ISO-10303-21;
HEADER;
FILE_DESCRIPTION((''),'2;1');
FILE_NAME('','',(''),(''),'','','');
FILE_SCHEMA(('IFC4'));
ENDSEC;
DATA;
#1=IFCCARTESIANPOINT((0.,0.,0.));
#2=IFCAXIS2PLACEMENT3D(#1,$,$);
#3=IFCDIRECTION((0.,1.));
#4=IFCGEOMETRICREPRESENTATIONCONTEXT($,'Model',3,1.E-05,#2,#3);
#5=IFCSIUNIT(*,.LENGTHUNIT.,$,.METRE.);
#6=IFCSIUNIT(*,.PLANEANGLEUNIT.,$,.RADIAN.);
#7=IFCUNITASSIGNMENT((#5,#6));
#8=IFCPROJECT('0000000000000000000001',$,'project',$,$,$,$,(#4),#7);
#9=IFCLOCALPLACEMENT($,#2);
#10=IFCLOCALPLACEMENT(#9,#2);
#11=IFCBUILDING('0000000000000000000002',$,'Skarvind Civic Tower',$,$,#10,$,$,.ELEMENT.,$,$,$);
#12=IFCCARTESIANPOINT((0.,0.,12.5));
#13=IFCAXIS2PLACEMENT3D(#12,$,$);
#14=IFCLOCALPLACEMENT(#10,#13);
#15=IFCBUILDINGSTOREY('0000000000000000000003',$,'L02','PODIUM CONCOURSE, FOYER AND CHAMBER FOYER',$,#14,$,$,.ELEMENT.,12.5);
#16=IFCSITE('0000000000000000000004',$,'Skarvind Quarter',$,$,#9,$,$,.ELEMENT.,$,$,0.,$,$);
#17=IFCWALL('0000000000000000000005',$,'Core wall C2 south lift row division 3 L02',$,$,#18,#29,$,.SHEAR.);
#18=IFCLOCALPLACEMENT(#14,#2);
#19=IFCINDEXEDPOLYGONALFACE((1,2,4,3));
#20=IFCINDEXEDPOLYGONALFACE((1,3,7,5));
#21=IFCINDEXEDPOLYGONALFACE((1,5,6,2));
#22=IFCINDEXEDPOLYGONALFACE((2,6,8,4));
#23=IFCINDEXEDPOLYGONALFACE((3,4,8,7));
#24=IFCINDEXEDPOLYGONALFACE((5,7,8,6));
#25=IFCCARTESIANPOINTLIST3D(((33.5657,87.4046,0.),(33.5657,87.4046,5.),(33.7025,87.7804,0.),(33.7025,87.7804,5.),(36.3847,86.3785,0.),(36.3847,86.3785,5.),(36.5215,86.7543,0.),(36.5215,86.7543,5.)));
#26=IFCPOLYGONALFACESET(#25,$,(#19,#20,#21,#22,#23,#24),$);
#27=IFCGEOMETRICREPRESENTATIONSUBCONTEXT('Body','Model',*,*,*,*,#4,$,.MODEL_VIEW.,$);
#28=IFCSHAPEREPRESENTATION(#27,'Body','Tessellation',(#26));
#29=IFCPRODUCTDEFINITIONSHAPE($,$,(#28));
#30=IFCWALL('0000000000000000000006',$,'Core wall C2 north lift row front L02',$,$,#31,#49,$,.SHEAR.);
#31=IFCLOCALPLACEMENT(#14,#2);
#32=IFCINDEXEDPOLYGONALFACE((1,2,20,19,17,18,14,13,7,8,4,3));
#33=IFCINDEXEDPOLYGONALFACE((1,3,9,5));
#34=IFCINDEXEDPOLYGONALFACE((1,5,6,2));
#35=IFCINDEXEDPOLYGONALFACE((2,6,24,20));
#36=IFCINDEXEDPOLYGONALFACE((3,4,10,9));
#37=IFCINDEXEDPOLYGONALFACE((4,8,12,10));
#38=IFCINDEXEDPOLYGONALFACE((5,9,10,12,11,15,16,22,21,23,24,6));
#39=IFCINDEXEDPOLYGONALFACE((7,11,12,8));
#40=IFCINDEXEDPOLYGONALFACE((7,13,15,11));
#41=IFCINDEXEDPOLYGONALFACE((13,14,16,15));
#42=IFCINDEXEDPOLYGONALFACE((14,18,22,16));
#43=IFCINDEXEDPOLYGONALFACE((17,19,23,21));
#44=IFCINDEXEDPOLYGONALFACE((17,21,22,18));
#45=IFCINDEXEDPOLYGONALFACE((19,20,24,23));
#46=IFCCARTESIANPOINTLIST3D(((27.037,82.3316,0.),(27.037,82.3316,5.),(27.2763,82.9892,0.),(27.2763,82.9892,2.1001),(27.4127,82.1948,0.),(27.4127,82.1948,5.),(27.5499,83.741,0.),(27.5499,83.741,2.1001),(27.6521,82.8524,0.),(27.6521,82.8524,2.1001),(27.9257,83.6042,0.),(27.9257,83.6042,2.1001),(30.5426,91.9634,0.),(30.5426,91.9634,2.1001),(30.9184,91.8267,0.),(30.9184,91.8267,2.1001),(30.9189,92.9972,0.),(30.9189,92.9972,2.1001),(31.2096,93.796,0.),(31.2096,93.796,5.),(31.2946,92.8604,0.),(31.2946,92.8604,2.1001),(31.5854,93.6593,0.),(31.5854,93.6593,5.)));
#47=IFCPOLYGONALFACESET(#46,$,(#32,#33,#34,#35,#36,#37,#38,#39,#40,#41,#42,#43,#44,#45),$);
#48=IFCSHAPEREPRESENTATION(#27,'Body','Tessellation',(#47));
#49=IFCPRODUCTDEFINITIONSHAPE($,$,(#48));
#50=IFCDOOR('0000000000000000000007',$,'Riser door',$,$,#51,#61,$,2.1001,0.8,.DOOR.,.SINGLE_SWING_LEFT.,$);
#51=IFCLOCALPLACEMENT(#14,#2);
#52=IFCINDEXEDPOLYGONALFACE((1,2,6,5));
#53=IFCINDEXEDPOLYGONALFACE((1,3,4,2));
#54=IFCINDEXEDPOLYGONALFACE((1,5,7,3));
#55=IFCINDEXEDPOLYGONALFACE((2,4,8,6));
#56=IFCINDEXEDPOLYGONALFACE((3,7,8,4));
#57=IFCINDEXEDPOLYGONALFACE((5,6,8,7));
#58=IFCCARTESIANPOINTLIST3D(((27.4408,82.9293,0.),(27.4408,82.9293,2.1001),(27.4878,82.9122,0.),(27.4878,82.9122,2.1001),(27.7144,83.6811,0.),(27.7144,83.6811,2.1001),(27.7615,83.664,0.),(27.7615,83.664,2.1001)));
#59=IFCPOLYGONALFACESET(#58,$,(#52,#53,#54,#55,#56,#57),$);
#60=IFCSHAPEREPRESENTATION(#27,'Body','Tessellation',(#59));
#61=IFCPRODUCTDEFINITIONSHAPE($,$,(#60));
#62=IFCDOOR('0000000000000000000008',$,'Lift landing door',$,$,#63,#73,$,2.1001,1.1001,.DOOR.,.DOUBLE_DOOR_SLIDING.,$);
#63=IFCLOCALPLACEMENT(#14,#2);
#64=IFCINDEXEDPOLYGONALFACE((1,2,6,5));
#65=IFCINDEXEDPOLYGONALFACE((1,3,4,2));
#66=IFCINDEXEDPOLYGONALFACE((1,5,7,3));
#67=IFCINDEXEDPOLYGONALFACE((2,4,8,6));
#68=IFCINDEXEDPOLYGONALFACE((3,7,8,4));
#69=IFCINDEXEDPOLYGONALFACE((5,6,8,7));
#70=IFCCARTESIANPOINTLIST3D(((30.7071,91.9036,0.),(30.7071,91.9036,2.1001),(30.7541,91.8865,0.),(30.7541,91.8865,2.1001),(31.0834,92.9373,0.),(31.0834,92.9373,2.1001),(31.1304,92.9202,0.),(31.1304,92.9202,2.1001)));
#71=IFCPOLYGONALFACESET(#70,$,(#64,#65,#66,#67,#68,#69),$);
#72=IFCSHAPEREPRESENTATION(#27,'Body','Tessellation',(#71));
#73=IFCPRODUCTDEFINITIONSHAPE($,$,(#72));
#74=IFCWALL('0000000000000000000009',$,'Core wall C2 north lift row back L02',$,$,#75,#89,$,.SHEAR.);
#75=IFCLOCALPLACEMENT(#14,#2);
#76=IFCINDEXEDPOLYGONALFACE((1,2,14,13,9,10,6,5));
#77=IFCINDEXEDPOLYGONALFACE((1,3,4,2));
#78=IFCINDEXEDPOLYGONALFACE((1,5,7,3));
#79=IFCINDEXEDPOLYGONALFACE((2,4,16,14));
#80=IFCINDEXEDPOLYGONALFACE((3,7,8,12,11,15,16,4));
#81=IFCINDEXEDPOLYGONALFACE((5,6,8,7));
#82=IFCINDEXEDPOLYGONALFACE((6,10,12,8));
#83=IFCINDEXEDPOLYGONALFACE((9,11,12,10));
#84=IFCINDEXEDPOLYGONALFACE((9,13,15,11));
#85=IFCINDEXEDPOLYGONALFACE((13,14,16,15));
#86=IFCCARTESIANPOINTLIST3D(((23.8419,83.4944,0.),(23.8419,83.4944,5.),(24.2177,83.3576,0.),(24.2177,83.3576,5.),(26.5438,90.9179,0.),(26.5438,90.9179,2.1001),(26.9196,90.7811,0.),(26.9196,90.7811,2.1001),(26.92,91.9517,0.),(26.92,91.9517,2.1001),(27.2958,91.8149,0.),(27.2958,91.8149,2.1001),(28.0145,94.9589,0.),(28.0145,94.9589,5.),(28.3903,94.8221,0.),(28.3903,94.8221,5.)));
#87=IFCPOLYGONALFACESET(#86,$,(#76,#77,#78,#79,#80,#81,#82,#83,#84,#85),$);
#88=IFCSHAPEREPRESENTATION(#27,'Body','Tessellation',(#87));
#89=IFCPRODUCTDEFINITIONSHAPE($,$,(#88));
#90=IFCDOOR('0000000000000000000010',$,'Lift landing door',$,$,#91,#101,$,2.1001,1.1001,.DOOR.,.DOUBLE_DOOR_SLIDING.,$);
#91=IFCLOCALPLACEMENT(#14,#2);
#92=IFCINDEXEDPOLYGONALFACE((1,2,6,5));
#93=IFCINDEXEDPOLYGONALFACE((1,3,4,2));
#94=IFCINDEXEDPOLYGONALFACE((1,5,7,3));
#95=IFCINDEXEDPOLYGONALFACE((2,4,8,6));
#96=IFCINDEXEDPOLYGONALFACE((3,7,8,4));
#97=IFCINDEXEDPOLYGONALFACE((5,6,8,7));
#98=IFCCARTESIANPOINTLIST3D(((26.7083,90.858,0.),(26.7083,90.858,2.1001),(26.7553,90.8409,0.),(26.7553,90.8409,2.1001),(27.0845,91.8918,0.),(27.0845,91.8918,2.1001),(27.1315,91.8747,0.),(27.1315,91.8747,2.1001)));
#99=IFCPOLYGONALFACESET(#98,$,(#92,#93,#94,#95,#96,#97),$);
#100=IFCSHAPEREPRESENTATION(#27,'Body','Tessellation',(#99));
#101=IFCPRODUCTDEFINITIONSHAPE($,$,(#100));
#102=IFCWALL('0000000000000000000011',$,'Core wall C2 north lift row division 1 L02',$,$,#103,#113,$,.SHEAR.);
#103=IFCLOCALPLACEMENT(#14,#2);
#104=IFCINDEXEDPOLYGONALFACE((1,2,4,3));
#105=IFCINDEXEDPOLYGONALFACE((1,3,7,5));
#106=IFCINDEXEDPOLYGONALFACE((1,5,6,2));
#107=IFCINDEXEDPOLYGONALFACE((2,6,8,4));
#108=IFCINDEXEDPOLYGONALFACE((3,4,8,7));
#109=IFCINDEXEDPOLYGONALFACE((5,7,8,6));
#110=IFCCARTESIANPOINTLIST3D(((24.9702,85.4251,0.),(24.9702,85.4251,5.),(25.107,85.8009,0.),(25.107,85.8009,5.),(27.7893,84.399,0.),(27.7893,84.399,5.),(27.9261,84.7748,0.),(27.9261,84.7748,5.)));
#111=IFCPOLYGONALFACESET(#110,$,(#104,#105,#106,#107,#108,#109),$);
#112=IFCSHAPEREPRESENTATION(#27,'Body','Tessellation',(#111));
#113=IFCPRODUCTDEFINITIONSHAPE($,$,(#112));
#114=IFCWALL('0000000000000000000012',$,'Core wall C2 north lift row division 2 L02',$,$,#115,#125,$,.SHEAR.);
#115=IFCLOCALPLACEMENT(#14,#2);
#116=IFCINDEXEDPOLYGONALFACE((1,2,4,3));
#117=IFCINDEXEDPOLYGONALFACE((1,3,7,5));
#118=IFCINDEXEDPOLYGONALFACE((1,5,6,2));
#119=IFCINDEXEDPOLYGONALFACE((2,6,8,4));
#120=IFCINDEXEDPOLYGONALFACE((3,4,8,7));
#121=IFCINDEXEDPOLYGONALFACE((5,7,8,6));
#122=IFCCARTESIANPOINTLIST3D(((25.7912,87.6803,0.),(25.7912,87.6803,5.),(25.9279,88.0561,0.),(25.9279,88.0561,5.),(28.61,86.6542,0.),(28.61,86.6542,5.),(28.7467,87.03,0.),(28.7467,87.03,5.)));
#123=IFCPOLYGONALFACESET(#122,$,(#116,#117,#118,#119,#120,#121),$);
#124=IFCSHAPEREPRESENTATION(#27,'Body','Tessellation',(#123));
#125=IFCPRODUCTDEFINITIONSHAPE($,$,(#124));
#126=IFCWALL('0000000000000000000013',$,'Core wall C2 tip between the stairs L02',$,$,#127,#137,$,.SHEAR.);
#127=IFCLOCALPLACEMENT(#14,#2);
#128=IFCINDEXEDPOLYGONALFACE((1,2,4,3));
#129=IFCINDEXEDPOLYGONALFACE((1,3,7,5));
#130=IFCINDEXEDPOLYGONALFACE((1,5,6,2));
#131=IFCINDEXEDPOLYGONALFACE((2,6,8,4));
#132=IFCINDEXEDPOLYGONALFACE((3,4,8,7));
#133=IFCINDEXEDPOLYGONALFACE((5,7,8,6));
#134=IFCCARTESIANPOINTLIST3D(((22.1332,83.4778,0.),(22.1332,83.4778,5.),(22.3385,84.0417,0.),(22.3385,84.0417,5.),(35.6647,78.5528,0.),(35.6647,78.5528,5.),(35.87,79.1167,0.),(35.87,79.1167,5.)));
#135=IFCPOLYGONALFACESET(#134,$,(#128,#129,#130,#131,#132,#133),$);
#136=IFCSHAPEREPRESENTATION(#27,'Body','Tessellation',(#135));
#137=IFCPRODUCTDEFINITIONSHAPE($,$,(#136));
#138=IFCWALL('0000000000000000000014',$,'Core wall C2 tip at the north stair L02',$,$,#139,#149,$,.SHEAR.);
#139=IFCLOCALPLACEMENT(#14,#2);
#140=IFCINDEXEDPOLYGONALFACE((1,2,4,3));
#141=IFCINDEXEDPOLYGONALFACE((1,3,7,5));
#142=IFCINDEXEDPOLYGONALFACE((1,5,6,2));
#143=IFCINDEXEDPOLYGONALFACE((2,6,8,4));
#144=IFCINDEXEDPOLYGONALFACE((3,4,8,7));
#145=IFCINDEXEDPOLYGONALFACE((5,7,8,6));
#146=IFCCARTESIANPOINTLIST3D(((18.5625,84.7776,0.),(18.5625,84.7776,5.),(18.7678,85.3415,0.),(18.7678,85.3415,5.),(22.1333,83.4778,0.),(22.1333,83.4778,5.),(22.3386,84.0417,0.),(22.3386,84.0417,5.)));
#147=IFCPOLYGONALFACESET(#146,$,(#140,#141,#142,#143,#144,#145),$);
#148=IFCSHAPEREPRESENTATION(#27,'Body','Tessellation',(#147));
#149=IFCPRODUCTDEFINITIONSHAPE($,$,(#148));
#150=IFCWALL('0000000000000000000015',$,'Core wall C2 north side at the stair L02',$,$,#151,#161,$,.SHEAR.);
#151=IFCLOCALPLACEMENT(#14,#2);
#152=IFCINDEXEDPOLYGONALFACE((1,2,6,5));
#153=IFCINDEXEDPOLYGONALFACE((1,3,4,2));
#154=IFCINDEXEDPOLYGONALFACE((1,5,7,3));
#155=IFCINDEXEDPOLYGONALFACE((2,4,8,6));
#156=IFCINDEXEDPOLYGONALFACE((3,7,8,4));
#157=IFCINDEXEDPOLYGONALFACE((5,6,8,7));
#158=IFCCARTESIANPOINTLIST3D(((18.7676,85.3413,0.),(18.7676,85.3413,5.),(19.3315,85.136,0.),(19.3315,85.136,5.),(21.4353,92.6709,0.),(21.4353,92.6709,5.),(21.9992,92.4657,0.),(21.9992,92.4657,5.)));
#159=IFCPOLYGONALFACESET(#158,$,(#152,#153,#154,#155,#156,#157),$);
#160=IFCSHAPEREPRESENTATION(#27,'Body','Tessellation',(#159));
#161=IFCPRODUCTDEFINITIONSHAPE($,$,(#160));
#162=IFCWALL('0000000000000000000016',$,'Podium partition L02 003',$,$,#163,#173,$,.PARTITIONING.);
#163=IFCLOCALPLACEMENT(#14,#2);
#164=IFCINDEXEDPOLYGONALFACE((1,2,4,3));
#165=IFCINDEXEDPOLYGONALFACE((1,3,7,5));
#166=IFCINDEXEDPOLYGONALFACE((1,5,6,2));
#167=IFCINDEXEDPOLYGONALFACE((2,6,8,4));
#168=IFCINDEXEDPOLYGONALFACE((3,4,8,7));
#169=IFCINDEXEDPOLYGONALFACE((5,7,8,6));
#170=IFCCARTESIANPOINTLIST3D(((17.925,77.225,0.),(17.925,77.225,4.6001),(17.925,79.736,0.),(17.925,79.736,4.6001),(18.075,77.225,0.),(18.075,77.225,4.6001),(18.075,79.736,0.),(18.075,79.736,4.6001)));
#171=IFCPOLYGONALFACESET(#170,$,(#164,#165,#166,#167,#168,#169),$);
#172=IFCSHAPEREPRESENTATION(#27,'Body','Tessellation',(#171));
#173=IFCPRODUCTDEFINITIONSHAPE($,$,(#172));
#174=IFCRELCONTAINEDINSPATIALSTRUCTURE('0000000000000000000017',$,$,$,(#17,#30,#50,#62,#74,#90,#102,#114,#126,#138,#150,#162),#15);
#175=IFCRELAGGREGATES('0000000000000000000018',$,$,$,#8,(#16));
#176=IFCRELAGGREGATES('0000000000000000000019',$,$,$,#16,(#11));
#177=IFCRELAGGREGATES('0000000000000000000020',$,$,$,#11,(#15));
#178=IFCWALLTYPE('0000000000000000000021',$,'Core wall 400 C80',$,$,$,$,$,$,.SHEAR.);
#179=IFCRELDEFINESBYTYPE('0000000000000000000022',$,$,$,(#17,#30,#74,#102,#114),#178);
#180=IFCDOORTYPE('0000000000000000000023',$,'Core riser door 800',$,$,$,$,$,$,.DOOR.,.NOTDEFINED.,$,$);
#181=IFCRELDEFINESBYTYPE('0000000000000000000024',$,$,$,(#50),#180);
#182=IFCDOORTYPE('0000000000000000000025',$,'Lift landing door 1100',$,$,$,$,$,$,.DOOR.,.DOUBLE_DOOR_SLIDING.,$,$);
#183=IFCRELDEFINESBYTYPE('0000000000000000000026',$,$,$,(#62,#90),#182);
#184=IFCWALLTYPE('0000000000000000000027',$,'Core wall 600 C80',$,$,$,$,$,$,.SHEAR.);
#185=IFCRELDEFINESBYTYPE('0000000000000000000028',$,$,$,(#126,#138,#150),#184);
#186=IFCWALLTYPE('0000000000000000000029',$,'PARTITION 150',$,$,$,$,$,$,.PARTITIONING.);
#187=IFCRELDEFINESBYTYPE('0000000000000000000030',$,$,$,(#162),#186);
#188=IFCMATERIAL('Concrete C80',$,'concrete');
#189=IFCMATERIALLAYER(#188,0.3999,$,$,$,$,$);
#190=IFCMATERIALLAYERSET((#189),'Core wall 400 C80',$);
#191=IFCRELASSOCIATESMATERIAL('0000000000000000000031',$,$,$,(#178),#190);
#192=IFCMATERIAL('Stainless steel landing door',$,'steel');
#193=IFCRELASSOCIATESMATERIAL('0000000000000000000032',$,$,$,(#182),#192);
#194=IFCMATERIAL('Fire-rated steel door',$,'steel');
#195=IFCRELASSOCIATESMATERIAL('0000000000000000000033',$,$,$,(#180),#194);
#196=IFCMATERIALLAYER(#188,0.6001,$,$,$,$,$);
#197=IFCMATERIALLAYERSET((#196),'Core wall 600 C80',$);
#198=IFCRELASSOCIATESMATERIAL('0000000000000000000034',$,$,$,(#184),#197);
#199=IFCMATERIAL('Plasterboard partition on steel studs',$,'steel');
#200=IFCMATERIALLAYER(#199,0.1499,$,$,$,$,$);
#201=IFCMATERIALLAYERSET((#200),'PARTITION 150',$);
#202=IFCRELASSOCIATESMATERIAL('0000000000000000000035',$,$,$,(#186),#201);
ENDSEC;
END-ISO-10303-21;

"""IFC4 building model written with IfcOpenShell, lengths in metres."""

from ifc_helpers import new_model, si_unit, direction, frame, frame_2d, origin, place, context, subcontext, project, spatial, rectangle, extrude, material, layer, layer_set, type_object, element, fill, save


model = new_model("IFC4")

# Units and contexts
model_context = context("Model", 3, precision=1e-05, world=origin(), true_north=direction((0.0, 1.0)))
body_context = subcontext(model_context, "Body", "Model", "MODEL_VIEW")
ifc_project = project(units=[si_unit("LENGTHUNIT", "METRE"), si_unit("PLANEANGLEUNIT", "RADIAN")], contexts=[model_context])

# Site, building, storey
site_placement = place(None, origin())
site = spatial("IfcSite", under=ifc_project, at=site_placement, Name="Skarvind Quarter", CompositionType="ELEMENT", RefElevation=0.0)
building_placement = place(site_placement, origin())
building = spatial("IfcBuilding", under=site, at=building_placement, Name="Skarvind Civic Tower", CompositionType="ELEMENT")
storey_placement = place(building_placement, frame((0.0, 0.0, 12.5)))
storey = spatial("IfcBuildingStorey", under=building, at=storey_placement, Name="L02", Description="PODIUM CONCOURSE, FOYER AND CHAMBER FOYER", CompositionType="ELEMENT", Elevation=12.5)

# Shared definitions
ifc_material_1 = material(Name="Concrete C80", Category="concrete")
ifc_layer_1 = layer(ifc_material_1, 0.3999)
ifc_layer_set_1 = layer_set([ifc_layer_1], Name="Core wall 400 C80")
wall_type_1 = type_object("IfcWallType", Name="Core wall 400 C80", PredefinedType="SHEAR", material=ifc_layer_set_1)

# Shared definitions
ifc_material_2 = material(Name="Stainless steel landing door", Category="steel")
door_type_1 = type_object("IfcDoorType", Name="Lift landing door 1100", OperationType="DOUBLE_DOOR_SLIDING", PredefinedType="DOOR", material=ifc_material_2)

# Wall
for number, where, z_axis, x_axis, name in (
    (1, (36.4531, 86.5664, 0.0), (0.0, 0.0, 1.0), (-0.939686, 0.342037, 0.0), "Core wall C2 south lift row division 3 L02"),
):
    element("IfcWall", number, at=place(storey_placement, frame(where, z_axis=z_axis, x_axis=x_axis)), inside=storey, type_object=wall_type_1, Name=name, PredefinedType="SHEAR", context=body_context, shape_type="SweptSolid", body=[
        extrude(rectangle(XDim=3.0, YDim=0.3999, at=frame_2d((1.5, 0.0))), origin(), (0.0, 0.0, 1.0), 5.0),
    ])

# Wall, openings, doors
wall_1_placement = place(storey_placement, frame((27.2249, 82.2632, 0.0), z_axis=(0.0, 0.0, 1.0), x_axis=(0.342015, 0.939695, 0.0)))
wall_1 = element("IfcWall", 2, at=wall_1_placement, inside=storey, type_object=wall_type_1, Name="Core wall C2 north lift row front L02", PredefinedType="SHEAR", context=body_context, shape_type="SweptSolid", body=[
    extrude(rectangle(XDim=12.2002, YDim=0.3999, at=frame_2d((6.1001, 0.0))), origin(), (0.0, 0.0, 1.0), 5.0),
])
opening_1_placement = place(wall_1_placement, frame((10.25, 0.0, 0.0)))
opening_1 = element("IfcOpeningElement", 3, at=opening_1_placement, cuts=wall_1, PredefinedType="OPENING", context=body_context, shape_type="SweptSolid", body=[
    extrude(rectangle(XDim=1.1001, YDim=2.1001, at=frame_2d((0.55, 1.05))), frame((0.0, 0.21, 0.0), z_axis=(0.0, -1.0, 0.0), x_axis=(1.0, 0.0, 0.0)), (0.0, 0.0, 1.0), 0.4199),
])
opening_2_placement = place(wall_1_placement, frame((0.7, 0.0, 0.0)))
opening_2 = element("IfcOpeningElement", 4, at=opening_2_placement, cuts=wall_1, PredefinedType="OPENING", context=body_context, shape_type="SweptSolid", body=[
    extrude(rectangle(XDim=0.8, YDim=2.1001, at=frame_2d((0.3999, 1.05))), frame((0.0, 0.21, 0.0), z_axis=(0.0, -1.0, 0.0), x_axis=(1.0, 0.0, 0.0)), (0.0, 0.0, 1.0), 0.4199),
])
ifc_material_3 = material(Name="Fire-rated steel door", Category="steel")
door_type_2 = type_object("IfcDoorType", Name="Core riser door 800", OperationType="NOTDEFINED", PredefinedType="DOOR", material=ifc_material_3)
door_1_placement = place(opening_2_placement, origin())
door_1 = element("IfcDoor", 5, at=door_1_placement, inside=storey, type_object=door_type_2, Name="Riser door", OperationType="SINGLE_SWING_LEFT", OverallHeight=2.1001, OverallWidth=0.8, PredefinedType="DOOR", context=body_context, shape_type="SweptSolid", body=[
    extrude(rectangle(XDim=0.8, YDim=2.1001, at=frame_2d((0.3999, 1.05))), frame((0.0, 0.0249, 0.0), z_axis=(0.0, -1.0, 0.0), x_axis=(1.0, 0.0, 0.0)), (0.0, 0.0, 1.0), 0.05),
])
fill(opening_2, door_1)
door_2_placement = place(opening_1_placement, origin())
door_2 = element("IfcDoor", 6, at=door_2_placement, inside=storey, type_object=door_type_1, Name="Lift landing door", OperationType="DOUBLE_DOOR_SLIDING", OverallHeight=2.1001, OverallWidth=1.1001, PredefinedType="DOOR", context=body_context, shape_type="SweptSolid", body=[
    extrude(rectangle(XDim=1.1001, YDim=2.1001, at=frame_2d((0.55, 1.05))), frame((0.0, 0.0249, 0.0), z_axis=(0.0, -1.0, 0.0), x_axis=(1.0, 0.0, 0.0)), (0.0, 0.0, 1.0), 0.05),
])
fill(opening_1, door_2)

# Wall, opening, door
wall_2_placement = place(storey_placement, frame((24.0298, 83.426, 0.0), z_axis=(0.0, 0.0, 1.0), x_axis=(0.342015, 0.939695, 0.0)))
wall_2 = element("IfcWall", 7, at=wall_2_placement, inside=storey, type_object=wall_type_1, Name="Core wall C2 north lift row back L02", PredefinedType="SHEAR", context=body_context, shape_type="SweptSolid", body=[
    extrude(rectangle(XDim=12.2002, YDim=0.3999, at=frame_2d((6.1001, 0.0))), origin(), (0.0, 0.0, 1.0), 5.0),
])
opening_3_placement = place(wall_2_placement, frame((7.8999, 0.0, 0.0)))
opening_3 = element("IfcOpeningElement", 8, at=opening_3_placement, cuts=wall_2, PredefinedType="OPENING", context=body_context, shape_type="SweptSolid", body=[
    extrude(rectangle(XDim=1.1001, YDim=2.1001, at=frame_2d((0.55, 1.05))), frame((0.0, 0.21, 0.0), z_axis=(0.0, -1.0, 0.0), x_axis=(1.0, 0.0, 0.0)), (0.0, 0.0, 1.0), 0.4199),
])
door_3_placement = place(opening_3_placement, origin())
door_3 = element("IfcDoor", 9, at=door_3_placement, inside=storey, type_object=door_type_1, Name="Lift landing door", OperationType="DOUBLE_DOOR_SLIDING", OverallHeight=2.1001, OverallWidth=1.1001, PredefinedType="DOOR", context=body_context, shape_type="SweptSolid", body=[
    extrude(rectangle(XDim=1.1001, YDim=2.1001, at=frame_2d((0.55, 1.05))), frame((0.0, 0.0249, 0.0), z_axis=(0.0, -1.0, 0.0), x_axis=(1.0, 0.0, 0.0)), (0.0, 0.0, 1.0), 0.05),
])
fill(opening_3, door_3)

# Walls
wall_3_placement = place(storey_placement, frame((27.8577, 84.5869, 0.0), z_axis=(0.0, 0.0, 1.0), x_axis=(-0.939686, 0.342037, 0.0)))
element("IfcWall", 10, at=wall_3_placement, inside=storey, type_object=wall_type_1, Name="Core wall C2 north lift row division 1 L02", PredefinedType="SHEAR", context=body_context, shape_type="SweptSolid", body=[
    extrude(rectangle(XDim=3.0, YDim=0.3999, at=frame_2d((1.5, 0.0))), origin(), (0.0, 0.0, 1.0), 5.0),
])
wall_4_placement = place(storey_placement, frame((28.6785, 86.842, 0.0), z_axis=(0.0, 0.0, 1.0), x_axis=(-0.939677, 0.342063, 0.0)))
element("IfcWall", 11, at=wall_4_placement, inside=storey, type_object=wall_type_1, Name="Core wall C2 north lift row division 2 L02", PredefinedType="SHEAR", context=body_context, shape_type="SweptSolid", body=[
    extrude(rectangle(XDim=2.9998, YDim=0.3999, at=frame_2d((1.5, 0.0))), origin(), (0.0, 0.0, 1.0), 5.0),
])
ifc_layer_2 = layer(ifc_material_1, 0.6001)
ifc_layer_set_2 = layer_set([ifc_layer_2], Name="Core wall 600 C80")
wall_type_2 = type_object("IfcWallType", Name="Core wall 600 C80", PredefinedType="SHEAR", material=ifc_layer_set_2)
wall_5_placement = place(storey_placement, frame((35.7673, 78.8347, 0.0), z_axis=(0.0, 0.0, 1.0), x_axis=(-0.939693, 0.342019, 0.0)))
element("IfcWall", 12, at=wall_5_placement, inside=storey, type_object=wall_type_2, Name="Core wall C2 tip between the stairs L02", PredefinedType="SHEAR", context=body_context, shape_type="SweptSolid", body=[
    extrude(rectangle(XDim=14.3999, YDim=0.6001, at=frame_2d((7.2, 0.0))), origin(), (0.0, 0.0, 1.0), 5.0),
])
wall_6_placement = place(storey_placement, frame((22.2358, 83.7598, 0.0), z_axis=(0.0, 0.0, 1.0), x_axis=(-0.939681, 0.342053, 0.0)))
element("IfcWall", 13, at=wall_6_placement, inside=storey, type_object=wall_type_2, Name="Core wall C2 tip at the north stair L02", PredefinedType="SHEAR", context=body_context, shape_type="SweptSolid", body=[
    extrude(rectangle(XDim=3.8, YDim=0.6001, at=frame_2d((1.8999, 0.0))), origin(), (0.0, 0.0, 1.0), 5.0),
])
wall_7_placement = place(storey_placement, frame((19.0496, 85.2388, 0.0), z_axis=(0.0, 0.0, 1.0), x_axis=(0.342017, 0.939694, 0.0)))
element("IfcWall", 14, at=wall_7_placement, inside=storey, type_object=wall_type_2, Name="Core wall C2 north side at the stair L02", PredefinedType="SHEAR", context=body_context, shape_type="SweptSolid", body=[
    extrude(rectangle(XDim=7.8, YDim=0.6001, at=frame_2d((3.8999, 0.0))), origin(), (0.0, 0.0, 1.0), 5.0),
])
ifc_material_4 = material(Name="Plasterboard partition on steel studs", Category="steel")
ifc_layer_3 = layer(ifc_material_4, 0.1499)
ifc_layer_set_3 = layer_set([ifc_layer_3], Name="PARTITION 150")
wall_type_3 = type_object("IfcWallType", Name="PARTITION 150", PredefinedType="PARTITIONING", material=ifc_layer_set_3)
wall_8_placement = place(storey_placement, frame((18.0, 77.2251, 0.0), z_axis=(0.0, 0.0, 1.0), x_axis=(0.0, 1.0, 0.0)))
element("IfcWall", 15, at=wall_8_placement, inside=storey, type_object=wall_type_3, Name="Podium partition L02 003", PredefinedType="PARTITIONING", context=body_context, shape_type="SweptSolid", body=[
    extrude(rectangle(XDim=2.511, YDim=0.1499, at=frame_2d((1.2554, 0.0))), origin(), (0.0, 0.0, 1.0), 4.6001),
])

save(model, "model.ifc")
